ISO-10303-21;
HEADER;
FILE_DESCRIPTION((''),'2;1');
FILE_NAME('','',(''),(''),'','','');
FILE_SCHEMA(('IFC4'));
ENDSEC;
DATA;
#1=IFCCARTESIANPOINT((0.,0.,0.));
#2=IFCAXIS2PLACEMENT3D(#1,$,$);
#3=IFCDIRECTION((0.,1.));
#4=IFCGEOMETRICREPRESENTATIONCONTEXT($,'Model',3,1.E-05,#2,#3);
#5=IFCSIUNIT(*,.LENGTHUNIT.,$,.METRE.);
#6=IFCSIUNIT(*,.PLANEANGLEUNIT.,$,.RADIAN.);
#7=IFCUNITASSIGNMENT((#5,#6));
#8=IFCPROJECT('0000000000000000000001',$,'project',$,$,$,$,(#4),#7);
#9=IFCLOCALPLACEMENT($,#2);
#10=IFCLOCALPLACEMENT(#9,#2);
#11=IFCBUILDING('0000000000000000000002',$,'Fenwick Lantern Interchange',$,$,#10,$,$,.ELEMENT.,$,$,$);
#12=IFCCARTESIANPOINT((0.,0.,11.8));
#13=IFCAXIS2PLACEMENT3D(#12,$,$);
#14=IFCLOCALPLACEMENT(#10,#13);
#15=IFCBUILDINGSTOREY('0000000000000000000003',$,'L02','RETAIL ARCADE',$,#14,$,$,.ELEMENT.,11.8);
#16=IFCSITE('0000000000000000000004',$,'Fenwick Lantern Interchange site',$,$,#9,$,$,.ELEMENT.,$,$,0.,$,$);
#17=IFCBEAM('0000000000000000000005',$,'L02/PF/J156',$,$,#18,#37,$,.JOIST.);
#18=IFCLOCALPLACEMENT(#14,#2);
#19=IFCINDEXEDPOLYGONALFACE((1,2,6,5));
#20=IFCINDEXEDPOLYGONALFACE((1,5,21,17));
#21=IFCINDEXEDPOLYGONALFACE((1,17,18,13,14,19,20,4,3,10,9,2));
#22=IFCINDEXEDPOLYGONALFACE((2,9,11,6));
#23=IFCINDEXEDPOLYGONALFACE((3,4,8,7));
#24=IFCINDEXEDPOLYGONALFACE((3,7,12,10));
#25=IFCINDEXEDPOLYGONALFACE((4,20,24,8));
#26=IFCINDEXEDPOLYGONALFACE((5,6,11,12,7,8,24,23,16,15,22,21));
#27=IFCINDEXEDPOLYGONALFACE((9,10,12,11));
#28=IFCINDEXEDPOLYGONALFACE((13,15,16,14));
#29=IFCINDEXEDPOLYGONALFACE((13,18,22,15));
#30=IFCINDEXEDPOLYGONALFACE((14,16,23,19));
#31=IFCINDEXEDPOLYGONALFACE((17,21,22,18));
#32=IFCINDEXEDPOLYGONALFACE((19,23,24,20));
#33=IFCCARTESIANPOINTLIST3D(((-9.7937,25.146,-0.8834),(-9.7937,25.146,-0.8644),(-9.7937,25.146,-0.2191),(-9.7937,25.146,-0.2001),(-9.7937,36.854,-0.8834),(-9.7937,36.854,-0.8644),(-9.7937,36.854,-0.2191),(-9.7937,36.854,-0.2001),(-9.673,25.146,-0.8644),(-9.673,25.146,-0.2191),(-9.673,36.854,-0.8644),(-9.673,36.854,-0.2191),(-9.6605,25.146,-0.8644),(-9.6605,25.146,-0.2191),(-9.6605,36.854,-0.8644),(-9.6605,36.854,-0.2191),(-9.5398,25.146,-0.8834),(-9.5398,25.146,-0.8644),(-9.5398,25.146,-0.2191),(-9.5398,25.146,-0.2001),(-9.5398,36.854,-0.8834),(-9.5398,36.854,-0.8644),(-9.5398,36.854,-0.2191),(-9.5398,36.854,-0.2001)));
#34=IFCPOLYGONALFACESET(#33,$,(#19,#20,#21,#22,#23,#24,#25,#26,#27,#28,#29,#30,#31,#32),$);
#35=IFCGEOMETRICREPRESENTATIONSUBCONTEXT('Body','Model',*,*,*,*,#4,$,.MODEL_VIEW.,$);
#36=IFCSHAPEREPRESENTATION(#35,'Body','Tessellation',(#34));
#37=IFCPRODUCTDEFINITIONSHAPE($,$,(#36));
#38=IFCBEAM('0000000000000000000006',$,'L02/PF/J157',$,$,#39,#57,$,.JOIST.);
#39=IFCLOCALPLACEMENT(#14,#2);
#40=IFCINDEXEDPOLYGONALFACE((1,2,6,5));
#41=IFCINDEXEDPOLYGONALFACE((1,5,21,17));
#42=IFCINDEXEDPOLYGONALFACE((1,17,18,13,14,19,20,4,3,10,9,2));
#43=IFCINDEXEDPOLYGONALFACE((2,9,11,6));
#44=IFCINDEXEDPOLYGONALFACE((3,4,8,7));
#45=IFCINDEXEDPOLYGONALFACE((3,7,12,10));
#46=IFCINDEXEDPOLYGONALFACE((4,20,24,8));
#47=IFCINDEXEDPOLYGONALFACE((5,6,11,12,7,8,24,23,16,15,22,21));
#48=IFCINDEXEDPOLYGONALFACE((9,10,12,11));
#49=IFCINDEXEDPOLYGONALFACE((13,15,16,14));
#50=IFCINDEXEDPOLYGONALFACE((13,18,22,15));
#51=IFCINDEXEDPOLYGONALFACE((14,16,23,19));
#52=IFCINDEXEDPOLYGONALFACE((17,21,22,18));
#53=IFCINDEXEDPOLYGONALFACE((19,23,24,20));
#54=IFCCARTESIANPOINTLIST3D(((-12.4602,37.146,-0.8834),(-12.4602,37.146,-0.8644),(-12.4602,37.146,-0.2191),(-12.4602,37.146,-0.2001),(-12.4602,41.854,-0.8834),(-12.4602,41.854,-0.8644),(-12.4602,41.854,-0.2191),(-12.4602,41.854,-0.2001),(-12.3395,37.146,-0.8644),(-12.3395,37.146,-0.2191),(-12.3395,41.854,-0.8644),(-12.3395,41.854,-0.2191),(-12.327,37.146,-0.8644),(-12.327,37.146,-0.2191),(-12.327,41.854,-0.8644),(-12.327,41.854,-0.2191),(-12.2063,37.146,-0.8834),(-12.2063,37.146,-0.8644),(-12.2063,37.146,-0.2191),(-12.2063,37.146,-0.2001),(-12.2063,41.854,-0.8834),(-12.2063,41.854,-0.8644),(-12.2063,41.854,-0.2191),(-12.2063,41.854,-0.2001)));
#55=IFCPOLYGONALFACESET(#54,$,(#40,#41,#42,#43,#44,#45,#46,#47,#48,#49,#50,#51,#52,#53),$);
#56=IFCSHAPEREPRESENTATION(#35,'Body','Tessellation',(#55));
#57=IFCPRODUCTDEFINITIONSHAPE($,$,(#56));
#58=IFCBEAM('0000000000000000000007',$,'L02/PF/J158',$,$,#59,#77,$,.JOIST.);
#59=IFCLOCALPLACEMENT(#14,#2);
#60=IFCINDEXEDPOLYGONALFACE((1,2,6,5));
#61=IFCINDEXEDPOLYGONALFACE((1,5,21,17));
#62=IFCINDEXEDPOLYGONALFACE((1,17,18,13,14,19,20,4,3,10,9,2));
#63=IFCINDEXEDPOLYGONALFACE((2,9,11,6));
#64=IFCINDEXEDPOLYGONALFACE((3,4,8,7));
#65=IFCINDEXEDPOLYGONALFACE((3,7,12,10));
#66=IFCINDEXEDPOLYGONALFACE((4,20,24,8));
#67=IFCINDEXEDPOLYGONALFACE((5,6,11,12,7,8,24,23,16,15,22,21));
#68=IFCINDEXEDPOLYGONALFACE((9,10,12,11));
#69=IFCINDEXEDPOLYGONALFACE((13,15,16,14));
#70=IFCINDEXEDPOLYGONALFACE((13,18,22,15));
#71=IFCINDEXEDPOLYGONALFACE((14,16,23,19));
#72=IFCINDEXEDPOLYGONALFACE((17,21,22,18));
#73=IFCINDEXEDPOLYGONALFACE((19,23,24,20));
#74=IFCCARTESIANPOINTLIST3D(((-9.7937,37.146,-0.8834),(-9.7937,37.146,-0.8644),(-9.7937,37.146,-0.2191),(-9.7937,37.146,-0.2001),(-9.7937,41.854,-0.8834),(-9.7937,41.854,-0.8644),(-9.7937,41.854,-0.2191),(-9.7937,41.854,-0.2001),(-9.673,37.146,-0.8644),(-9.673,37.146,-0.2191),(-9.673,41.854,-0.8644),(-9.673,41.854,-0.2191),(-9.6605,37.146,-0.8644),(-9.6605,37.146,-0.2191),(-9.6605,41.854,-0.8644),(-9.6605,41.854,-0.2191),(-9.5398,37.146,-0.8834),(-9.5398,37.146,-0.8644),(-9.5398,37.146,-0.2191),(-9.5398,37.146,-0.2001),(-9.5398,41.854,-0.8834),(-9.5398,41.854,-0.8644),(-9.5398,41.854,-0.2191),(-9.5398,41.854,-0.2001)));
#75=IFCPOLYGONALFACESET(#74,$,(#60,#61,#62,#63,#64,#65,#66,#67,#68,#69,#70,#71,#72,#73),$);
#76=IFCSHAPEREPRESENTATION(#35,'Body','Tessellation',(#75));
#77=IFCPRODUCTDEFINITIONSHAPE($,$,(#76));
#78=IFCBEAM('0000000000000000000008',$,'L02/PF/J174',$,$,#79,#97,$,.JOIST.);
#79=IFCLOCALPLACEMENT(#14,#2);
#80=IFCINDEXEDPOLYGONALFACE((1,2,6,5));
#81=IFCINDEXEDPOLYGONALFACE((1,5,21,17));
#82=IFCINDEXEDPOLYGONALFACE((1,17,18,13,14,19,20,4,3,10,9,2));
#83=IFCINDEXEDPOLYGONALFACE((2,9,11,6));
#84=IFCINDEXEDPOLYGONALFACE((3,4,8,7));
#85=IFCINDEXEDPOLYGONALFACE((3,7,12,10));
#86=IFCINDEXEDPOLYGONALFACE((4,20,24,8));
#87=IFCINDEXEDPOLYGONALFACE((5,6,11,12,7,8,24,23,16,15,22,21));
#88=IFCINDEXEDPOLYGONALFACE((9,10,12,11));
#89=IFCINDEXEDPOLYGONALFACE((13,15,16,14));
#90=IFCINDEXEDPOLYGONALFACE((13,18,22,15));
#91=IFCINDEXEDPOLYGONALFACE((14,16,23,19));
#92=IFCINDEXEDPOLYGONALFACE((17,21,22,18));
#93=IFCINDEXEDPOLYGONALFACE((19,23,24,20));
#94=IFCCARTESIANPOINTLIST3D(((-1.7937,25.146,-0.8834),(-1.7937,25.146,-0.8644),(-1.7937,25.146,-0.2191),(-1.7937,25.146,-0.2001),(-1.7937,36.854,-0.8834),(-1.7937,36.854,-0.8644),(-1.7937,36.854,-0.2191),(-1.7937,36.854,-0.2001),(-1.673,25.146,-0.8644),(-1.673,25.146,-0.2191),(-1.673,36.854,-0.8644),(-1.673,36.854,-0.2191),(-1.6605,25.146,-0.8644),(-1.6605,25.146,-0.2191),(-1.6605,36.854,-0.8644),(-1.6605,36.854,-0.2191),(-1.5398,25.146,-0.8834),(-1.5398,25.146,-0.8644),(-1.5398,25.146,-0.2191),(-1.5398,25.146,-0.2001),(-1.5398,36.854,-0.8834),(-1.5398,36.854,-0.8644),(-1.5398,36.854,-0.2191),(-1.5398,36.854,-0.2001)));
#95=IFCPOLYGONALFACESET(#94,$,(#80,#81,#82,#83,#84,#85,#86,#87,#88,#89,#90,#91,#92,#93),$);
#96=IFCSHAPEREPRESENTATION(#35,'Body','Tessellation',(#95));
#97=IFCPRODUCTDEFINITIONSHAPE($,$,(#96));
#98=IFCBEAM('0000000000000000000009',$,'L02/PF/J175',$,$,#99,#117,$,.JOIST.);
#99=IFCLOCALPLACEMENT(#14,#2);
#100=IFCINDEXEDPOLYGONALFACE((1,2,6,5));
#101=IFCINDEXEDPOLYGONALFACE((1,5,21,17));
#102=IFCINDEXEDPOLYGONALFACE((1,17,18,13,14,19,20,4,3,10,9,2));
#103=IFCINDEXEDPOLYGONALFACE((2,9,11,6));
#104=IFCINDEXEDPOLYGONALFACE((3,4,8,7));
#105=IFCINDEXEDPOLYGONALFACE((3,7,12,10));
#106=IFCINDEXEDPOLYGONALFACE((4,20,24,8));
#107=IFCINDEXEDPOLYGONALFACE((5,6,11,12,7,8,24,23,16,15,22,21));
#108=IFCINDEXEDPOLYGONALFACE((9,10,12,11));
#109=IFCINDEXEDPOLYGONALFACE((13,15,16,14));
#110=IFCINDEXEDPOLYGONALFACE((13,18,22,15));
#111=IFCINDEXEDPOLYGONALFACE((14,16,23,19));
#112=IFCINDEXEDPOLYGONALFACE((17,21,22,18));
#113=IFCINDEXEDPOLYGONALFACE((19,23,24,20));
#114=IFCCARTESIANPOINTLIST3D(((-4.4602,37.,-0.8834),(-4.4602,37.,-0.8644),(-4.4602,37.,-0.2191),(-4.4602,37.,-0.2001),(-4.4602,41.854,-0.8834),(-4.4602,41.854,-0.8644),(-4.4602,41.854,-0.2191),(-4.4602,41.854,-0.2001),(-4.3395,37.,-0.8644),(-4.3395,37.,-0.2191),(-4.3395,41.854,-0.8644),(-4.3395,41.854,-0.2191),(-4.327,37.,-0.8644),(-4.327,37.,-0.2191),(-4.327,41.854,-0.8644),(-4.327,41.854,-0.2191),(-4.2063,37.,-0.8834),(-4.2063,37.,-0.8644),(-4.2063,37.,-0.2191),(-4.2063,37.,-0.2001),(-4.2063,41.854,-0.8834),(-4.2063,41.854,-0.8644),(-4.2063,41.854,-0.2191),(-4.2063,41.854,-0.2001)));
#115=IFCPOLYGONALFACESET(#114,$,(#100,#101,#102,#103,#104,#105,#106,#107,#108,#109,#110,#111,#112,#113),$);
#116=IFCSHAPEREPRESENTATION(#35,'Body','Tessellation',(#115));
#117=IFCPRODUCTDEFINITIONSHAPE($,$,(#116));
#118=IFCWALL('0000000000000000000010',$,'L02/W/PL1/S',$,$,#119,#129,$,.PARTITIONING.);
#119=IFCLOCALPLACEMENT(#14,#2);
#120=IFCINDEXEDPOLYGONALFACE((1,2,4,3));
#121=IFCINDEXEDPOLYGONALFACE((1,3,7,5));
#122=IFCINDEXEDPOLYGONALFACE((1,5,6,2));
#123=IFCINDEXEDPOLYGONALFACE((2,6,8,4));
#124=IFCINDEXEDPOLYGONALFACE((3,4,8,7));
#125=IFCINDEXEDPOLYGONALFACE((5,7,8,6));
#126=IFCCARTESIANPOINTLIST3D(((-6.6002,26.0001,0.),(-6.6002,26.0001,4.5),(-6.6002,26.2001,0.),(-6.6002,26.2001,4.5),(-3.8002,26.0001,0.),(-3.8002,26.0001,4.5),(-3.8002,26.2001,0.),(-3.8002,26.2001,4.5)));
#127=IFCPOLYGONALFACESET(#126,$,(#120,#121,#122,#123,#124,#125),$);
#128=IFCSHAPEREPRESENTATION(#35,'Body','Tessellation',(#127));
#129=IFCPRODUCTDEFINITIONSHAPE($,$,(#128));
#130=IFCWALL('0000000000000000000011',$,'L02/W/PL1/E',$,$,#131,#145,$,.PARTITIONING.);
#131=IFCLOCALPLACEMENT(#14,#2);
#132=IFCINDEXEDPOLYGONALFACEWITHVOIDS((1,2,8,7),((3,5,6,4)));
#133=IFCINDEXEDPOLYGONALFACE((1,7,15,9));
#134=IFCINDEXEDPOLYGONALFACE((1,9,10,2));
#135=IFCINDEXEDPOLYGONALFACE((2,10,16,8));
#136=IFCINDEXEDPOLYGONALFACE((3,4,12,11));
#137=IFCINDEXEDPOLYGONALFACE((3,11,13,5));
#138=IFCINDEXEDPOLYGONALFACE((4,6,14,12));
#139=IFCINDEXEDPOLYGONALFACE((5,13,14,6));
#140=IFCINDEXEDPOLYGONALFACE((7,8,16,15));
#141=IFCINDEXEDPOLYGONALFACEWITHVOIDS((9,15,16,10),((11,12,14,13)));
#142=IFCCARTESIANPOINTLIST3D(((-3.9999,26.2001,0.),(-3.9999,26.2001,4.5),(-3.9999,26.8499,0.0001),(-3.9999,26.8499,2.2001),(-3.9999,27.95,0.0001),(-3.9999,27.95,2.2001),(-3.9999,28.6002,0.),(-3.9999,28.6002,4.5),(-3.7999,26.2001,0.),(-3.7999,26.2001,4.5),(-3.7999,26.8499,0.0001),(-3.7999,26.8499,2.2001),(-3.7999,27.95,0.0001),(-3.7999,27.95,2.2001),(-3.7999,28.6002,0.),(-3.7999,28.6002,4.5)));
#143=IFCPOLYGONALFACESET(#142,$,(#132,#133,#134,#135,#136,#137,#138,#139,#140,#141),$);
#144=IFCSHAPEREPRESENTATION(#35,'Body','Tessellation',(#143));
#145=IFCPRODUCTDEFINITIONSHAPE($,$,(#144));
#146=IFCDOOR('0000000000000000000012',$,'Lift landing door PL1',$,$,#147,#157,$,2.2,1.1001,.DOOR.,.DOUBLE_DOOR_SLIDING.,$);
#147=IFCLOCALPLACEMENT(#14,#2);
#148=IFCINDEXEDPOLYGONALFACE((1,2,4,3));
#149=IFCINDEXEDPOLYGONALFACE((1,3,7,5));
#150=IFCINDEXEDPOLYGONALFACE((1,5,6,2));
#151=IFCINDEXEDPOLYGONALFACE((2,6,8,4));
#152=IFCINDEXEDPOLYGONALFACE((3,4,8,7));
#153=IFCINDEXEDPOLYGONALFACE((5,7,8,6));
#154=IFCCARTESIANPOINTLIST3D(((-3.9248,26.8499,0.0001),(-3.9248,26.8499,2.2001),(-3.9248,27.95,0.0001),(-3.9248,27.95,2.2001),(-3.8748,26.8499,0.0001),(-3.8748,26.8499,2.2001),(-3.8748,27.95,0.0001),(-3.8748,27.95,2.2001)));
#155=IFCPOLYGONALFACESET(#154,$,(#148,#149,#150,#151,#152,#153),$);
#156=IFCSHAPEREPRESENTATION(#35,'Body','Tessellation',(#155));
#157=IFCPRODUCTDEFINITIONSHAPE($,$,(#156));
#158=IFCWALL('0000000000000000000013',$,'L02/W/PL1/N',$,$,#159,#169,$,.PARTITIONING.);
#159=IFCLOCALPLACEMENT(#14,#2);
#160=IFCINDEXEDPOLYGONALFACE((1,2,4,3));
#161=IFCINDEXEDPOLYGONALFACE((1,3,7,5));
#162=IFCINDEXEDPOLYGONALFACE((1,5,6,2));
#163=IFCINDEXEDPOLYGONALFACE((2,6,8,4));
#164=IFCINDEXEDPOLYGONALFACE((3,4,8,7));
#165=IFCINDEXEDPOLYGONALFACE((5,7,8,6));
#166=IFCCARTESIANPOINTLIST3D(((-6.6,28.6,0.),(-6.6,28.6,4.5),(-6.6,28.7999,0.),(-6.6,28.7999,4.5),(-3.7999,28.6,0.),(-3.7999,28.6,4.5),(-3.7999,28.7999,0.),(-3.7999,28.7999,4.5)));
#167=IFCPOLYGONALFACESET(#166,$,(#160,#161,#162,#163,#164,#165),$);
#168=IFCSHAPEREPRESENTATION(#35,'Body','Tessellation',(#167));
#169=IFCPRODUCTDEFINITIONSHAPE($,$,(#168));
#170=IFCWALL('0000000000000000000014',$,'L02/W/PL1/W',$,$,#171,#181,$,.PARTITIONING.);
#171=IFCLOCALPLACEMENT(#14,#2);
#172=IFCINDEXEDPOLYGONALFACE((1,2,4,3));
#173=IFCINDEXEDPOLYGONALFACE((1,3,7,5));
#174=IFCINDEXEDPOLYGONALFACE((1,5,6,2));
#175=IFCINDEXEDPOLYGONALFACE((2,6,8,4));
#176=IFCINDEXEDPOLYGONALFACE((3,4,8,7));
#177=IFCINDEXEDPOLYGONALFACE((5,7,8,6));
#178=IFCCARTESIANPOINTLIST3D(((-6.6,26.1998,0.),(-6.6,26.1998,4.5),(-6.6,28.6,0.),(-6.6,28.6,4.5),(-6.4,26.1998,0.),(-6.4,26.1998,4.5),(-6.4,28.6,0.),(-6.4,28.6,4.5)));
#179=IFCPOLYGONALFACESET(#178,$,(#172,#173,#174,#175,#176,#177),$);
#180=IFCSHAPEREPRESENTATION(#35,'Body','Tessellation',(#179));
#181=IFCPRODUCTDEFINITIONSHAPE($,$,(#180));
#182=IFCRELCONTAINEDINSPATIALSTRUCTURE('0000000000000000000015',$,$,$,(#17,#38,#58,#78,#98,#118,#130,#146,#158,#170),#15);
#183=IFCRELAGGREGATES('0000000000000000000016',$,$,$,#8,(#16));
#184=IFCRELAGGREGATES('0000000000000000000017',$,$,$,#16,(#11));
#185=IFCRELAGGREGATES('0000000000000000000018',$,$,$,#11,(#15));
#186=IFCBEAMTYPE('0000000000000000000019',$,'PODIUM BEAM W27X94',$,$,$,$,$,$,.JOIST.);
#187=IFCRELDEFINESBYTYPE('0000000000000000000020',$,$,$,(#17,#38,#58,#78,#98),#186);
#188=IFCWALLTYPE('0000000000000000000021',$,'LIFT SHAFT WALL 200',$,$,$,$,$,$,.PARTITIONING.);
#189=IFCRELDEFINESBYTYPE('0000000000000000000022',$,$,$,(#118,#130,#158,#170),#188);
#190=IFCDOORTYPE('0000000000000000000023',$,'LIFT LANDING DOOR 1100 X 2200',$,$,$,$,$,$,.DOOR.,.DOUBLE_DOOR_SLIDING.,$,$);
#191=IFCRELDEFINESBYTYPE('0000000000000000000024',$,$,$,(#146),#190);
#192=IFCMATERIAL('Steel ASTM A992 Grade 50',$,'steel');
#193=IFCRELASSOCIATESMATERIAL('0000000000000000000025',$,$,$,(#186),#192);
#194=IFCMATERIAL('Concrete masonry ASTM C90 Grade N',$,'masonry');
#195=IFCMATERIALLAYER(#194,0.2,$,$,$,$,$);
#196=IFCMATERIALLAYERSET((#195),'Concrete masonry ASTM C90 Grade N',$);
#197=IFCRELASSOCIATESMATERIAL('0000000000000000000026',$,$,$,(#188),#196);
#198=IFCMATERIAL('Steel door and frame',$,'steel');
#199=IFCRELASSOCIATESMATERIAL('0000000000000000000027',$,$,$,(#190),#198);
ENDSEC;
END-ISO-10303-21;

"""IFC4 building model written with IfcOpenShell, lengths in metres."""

from ifc_helpers import new_model, si_unit, direction, frame, frame_2d, origin, origin_2d, place, context, subcontext, project, spatial, rectangle, i_section, extrude, material, layer, layer_set, material_profile, profile_set, type_object, element, fill, save


model = new_model("IFC4")

# Units and contexts
model_context = context("Model", 3, precision=1e-05, world=origin(), true_north=direction((0.0, 1.0)))
body_context = subcontext(model_context, "Body", "Model", "MODEL_VIEW")
ifc_project = project(units=[si_unit("LENGTHUNIT", "METRE"), si_unit("PLANEANGLEUNIT", "RADIAN")], contexts=[model_context])

# Site, building, storey
site_placement = place(None, origin())
site = spatial("IfcSite", under=ifc_project, at=site_placement, Name="Fenwick Lantern Interchange site", CompositionType="ELEMENT", RefElevation=0.0)
building_placement = place(site_placement, origin())
building = spatial("IfcBuilding", under=site, at=building_placement, Name="Fenwick Lantern Interchange", CompositionType="ELEMENT")
storey_placement = place(building_placement, frame((0.0, 0.0, 11.8)))
storey = spatial("IfcBuildingStorey", under=building, at=storey_placement, Name="L02", Description="RETAIL ARCADE", CompositionType="ELEMENT", Elevation=11.8)

# Shared definitions
ifc_material_1 = material(Name="Steel ASTM A992 Grade 50", Category="steel")

# Beams
ifc_material_profile_1 = material_profile(ifc_material_1, i_section(OverallWidth=0.2539, OverallDepth=0.6833, WebThickness=0.0125, FlangeThickness=0.019, at=origin_2d()), Name="W27X94")
ifc_profile_set_1 = profile_set([ifc_material_profile_1], Name="Steel ASTM A992 Grade 50")
beam_type_1 = type_object("IfcBeamType", Name="PODIUM BEAM W27X94", PredefinedType="JOIST", material=ifc_profile_set_1)
for number, where, z_axis, x_axis, name in (
    (1, (-9.6667, 25.146, -0.5417), (0.0, 1.0, 0.0), (-1.0, 0.0, 0.0), "L02/PF/J156"),
):
    element("IfcBeam", number, at=place(storey_placement, frame(where, z_axis=z_axis, x_axis=x_axis)), inside=storey, type_object=beam_type_1, Name=name, PredefinedType="JOIST", context=body_context, shape_type="SweptSolid", body=[
        extrude(i_section(OverallWidth=0.2539, OverallDepth=0.6833, WebThickness=0.0125, FlangeThickness=0.019, at=origin_2d()), origin(), (0.0, 0.0, 1.0), 11.708),
    ])
for number, where, z_axis, x_axis, name in (
    (2, (-12.3333, 37.146, -0.5417), (0.0, 1.0, 0.0), (-1.0, 0.0, 0.0), "L02/PF/J157"),
    (3, (-9.6667, 37.146, -0.5417), (0.0, 1.0, 0.0), (-1.0, 0.0, 0.0), "L02/PF/J158"),
):
    element("IfcBeam", number, at=place(storey_placement, frame(where, z_axis=z_axis, x_axis=x_axis)), inside=storey, type_object=beam_type_1, Name=name, PredefinedType="JOIST", context=body_context, shape_type="SweptSolid", body=[
        extrude(i_section(OverallWidth=0.2539, OverallDepth=0.6833, WebThickness=0.0125, FlangeThickness=0.019, at=origin_2d()), origin(), (0.0, 0.0, 1.0), 4.708),
    ])
beam_1_placement = place(storey_placement, frame((-1.6667, 25.146, -0.5417), z_axis=(0.0, 1.0, 0.0), x_axis=(-1.0, 0.0, 0.0)))
element("IfcBeam", 4, at=beam_1_placement, inside=storey, type_object=beam_type_1, Name="L02/PF/J174", PredefinedType="JOIST", context=body_context, shape_type="SweptSolid", body=[
    extrude(i_section(OverallWidth=0.2539, OverallDepth=0.6833, WebThickness=0.0125, FlangeThickness=0.019, at=origin_2d()), origin(), (0.0, 0.0, 1.0), 11.708),
])
beam_2_placement = place(storey_placement, frame((-4.3333, 37.0, -0.5417), z_axis=(0.0, 1.0, 0.0), x_axis=(-1.0, 0.0, 0.0)))
element("IfcBeam", 5, at=beam_2_placement, inside=storey, type_object=beam_type_1, Name="L02/PF/J175", PredefinedType="JOIST", context=body_context, shape_type="SweptSolid", body=[
    extrude(i_section(OverallWidth=0.2539, OverallDepth=0.6833, WebThickness=0.0125, FlangeThickness=0.019, at=origin_2d()), origin(), (0.0, 0.0, 1.0), 4.854),
])

# Wall
ifc_material_2 = material(Name="Concrete masonry ASTM C90 Grade N", Category="masonry")
ifc_layer_1 = layer(ifc_material_2, 0.2)
ifc_layer_set_1 = layer_set([ifc_layer_1], Name="Concrete masonry ASTM C90 Grade N")
wall_type_1 = type_object("IfcWallType", Name="LIFT SHAFT WALL 200", PredefinedType="PARTITIONING", material=ifc_layer_set_1)
wall_1_placement = place(storey_placement, frame((-6.6001, 26.1001, 0.0), z_axis=(0.0, 0.0, 1.0), x_axis=(1.0, 0.0, 0.0)))
element("IfcWall", 6, at=wall_1_placement, inside=storey, type_object=wall_type_1, Name="L02/W/PL1/S", PredefinedType="PARTITIONING", context=body_context, shape_type="SweptSolid", body=[
    extrude(rectangle(XDim=2.8, YDim=0.2, at=frame_2d((1.3999, 0.0))), origin(), (0.0, 0.0, 1.0), 4.5),
])

# Wall, opening, door
wall_2_placement = place(storey_placement, frame((-3.8999, 26.2, 0.0), z_axis=(0.0, 0.0, 1.0), x_axis=(0.0, 1.0, 0.0)))
wall_2 = element("IfcWall", 7, at=wall_2_placement, inside=storey, type_object=wall_type_1, Name="L02/W/PL1/E", PredefinedType="PARTITIONING", context=body_context, shape_type="SweptSolid", body=[
    extrude(rectangle(XDim=2.4001, YDim=0.2, at=frame_2d((1.2002, 0.0))), origin(), (0.0, 0.0, 1.0), 4.5),
])
opening_1_placement = place(wall_2_placement, frame((0.6499, 0.0, 0.0)))
opening_1 = element("IfcOpeningElement", 8, at=opening_1_placement, cuts=wall_2, PredefinedType="OPENING", context=body_context, shape_type="SweptSolid", body=[
    extrude(rectangle(XDim=1.1001, YDim=2.2, at=frame_2d((0.55, 1.1001))), frame((0.0, 0.1099, 0.0), z_axis=(0.0, -1.0, 0.0), x_axis=(1.0, 0.0, 0.0)), (0.0, 0.0, 1.0), 0.22),
])
ifc_material_3 = material(Name="Steel door and frame", Category="steel")
door_type_1 = type_object("IfcDoorType", Name="LIFT LANDING DOOR 1100 X 2200", OperationType="DOUBLE_DOOR_SLIDING", PredefinedType="DOOR", material=ifc_material_3)
door_1_placement = place(opening_1_placement, origin())
door_1 = element("IfcDoor", 9, at=door_1_placement, inside=storey, type_object=door_type_1, Name="Lift landing door PL1", OperationType="DOUBLE_DOOR_SLIDING", OverallHeight=2.2, OverallWidth=1.1001, PredefinedType="DOOR", context=body_context, shape_type="SweptSolid", body=[
    extrude(rectangle(XDim=1.1001, YDim=2.2, at=frame_2d((0.55, 1.1001))), frame((0.0, 0.0249, 0.0), z_axis=(0.0, -1.0, 0.0), x_axis=(1.0, 0.0, 0.0)), (0.0, 0.0, 1.0), 0.05),
])
fill(opening_1, door_1)

# Walls
wall_3_placement = place(storey_placement, frame((-3.8, 28.7, 0.0), z_axis=(0.0, 0.0, 1.0), x_axis=(-1.0, 0.0, 0.0)))
element("IfcWall", 10, at=wall_3_placement, inside=storey, type_object=wall_type_1, Name="L02/W/PL1/N", PredefinedType="PARTITIONING", context=body_context, shape_type="SweptSolid", body=[
    extrude(rectangle(XDim=2.8, YDim=0.2, at=frame_2d((1.3999, 0.0))), origin(), (0.0, 0.0, 1.0), 4.5),
])
wall_4_placement = place(storey_placement, frame((-6.5, 28.6001, 0.0), z_axis=(0.0, 0.0, 1.0), x_axis=(0.0, -1.0, 0.0)))
element("IfcWall", 11, at=wall_4_placement, inside=storey, type_object=wall_type_1, Name="L02/W/PL1/W", PredefinedType="PARTITIONING", context=body_context, shape_type="SweptSolid", body=[
    extrude(rectangle(XDim=2.4001, YDim=0.2, at=frame_2d((1.2002, 0.0))), origin(), (0.0, 0.0, 1.0), 4.5),
])

save(model, "model.ifc")
